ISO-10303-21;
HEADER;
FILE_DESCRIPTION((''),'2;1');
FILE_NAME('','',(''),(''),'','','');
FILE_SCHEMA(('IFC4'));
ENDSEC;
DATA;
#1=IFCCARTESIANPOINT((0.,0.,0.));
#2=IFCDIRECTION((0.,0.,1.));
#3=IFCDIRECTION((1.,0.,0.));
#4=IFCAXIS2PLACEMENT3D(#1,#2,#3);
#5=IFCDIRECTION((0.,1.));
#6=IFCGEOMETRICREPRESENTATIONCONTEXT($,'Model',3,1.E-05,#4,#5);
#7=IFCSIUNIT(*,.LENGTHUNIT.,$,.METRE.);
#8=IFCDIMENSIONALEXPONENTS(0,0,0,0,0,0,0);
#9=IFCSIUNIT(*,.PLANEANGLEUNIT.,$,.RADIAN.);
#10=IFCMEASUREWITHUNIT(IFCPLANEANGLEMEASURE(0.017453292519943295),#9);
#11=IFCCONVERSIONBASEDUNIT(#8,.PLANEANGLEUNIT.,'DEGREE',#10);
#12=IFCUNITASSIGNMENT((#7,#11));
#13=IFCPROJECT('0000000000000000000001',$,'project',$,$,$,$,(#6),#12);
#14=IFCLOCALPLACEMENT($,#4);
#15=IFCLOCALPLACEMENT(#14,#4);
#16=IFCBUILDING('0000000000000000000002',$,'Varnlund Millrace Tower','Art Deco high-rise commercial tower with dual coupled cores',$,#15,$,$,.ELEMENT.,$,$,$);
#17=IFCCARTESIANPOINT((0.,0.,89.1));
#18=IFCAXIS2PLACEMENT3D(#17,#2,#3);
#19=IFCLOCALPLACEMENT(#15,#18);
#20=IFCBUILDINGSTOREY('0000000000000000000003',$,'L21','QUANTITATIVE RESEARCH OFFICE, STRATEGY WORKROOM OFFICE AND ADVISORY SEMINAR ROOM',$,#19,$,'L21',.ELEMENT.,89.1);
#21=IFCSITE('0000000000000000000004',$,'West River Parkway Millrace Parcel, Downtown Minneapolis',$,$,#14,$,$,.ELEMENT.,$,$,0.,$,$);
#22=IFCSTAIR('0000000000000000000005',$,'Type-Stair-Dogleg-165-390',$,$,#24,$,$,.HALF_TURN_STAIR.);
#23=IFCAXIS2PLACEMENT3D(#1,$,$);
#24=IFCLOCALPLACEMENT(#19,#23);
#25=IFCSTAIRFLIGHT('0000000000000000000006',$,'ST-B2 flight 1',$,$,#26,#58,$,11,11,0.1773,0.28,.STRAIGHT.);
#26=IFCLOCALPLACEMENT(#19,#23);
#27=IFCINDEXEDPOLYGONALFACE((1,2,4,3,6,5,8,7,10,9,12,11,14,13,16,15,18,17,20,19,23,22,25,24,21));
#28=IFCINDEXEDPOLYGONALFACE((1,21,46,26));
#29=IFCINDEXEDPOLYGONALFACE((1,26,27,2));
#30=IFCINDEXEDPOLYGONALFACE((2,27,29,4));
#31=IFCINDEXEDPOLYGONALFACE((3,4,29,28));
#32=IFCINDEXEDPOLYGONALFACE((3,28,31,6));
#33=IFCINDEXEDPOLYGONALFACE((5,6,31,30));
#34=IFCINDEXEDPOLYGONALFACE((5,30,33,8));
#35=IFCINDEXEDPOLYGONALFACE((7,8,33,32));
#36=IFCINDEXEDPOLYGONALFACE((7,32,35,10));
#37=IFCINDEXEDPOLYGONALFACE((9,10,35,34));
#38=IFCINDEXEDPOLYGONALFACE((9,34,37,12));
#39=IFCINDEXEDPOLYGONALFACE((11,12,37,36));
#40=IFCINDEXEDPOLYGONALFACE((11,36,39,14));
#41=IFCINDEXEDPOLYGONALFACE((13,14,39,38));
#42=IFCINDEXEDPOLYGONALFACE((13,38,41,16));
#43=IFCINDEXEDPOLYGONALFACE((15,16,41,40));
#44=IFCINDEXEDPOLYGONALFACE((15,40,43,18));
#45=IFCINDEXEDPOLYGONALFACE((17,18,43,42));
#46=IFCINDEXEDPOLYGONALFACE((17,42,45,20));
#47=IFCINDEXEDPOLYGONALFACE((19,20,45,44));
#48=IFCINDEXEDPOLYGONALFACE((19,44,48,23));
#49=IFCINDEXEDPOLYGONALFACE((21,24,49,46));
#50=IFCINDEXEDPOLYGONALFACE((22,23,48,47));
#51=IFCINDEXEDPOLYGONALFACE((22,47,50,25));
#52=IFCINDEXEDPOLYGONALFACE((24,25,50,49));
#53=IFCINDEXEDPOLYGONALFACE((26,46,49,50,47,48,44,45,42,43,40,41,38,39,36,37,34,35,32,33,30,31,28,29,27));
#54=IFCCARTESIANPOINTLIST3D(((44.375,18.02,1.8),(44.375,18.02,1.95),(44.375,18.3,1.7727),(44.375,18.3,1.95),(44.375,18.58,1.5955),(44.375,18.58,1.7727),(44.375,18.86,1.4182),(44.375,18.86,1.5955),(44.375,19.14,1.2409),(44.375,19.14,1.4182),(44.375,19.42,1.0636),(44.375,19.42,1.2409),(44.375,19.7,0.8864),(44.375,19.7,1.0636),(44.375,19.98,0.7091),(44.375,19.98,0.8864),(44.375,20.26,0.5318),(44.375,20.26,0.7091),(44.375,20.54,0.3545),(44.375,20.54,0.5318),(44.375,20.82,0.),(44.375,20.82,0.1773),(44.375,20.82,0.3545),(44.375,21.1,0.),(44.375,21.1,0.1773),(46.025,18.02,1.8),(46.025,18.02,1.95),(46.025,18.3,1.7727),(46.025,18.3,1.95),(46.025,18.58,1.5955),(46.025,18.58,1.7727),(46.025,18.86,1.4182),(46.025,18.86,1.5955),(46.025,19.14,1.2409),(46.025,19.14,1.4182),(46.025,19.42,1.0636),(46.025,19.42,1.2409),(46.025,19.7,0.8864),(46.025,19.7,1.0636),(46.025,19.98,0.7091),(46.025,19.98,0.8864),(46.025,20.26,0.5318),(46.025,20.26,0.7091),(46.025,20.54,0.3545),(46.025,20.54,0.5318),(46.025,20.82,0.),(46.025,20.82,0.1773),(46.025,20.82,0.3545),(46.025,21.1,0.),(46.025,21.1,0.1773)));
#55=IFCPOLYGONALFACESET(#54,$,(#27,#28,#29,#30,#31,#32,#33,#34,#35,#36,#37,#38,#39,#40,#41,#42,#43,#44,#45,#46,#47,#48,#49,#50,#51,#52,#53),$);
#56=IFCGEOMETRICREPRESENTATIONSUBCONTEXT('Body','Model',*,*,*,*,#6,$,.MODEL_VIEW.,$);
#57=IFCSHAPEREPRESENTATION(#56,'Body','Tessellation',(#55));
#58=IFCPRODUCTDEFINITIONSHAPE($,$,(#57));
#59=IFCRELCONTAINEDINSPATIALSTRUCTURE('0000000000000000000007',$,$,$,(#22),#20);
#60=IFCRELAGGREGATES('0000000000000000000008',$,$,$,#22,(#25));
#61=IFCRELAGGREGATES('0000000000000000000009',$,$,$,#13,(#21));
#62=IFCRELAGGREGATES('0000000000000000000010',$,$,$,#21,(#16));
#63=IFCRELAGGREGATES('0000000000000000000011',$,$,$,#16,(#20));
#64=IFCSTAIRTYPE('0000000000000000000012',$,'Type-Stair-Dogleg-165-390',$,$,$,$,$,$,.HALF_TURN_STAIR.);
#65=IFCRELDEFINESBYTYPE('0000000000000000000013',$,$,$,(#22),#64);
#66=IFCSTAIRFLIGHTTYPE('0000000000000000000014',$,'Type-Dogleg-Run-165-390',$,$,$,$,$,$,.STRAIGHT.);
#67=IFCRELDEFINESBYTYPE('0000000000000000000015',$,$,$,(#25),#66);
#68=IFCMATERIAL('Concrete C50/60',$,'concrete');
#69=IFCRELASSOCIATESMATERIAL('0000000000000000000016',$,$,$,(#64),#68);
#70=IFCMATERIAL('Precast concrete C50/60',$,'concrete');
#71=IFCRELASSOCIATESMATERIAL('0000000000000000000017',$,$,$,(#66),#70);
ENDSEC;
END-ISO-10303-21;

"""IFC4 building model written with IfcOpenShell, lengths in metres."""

from ifc_helpers import new_model, entity, si_unit, converted_unit, direction, frame, origin_with_axes, place, context, subcontext, project, spatial, polyline, outline, extrude, material, type_object, element, aggregate, save


model = new_model("IFC4")

# Units and contexts
model_context = context("Model", 3, precision=1e-05, world=origin_with_axes(), true_north=direction((0.0, 1.0)))
body_context = subcontext(model_context, "Body", "Model", "MODEL_VIEW")
ifc_project = project(units=[si_unit("LENGTHUNIT", "METRE"), converted_unit("PLANEANGLEUNIT", "DEGREE", entity("IfcPlaneAngleMeasure", 0.017453292519943295), si_unit("PLANEANGLEUNIT", "RADIAN"), dimensions=[0, 0, 0, 0, 0, 0, 0])], contexts=[model_context])

# Site, building, storey
site_placement = place(None, origin_with_axes())
site = spatial("IfcSite", under=ifc_project, at=site_placement, Name="West River Parkway Millrace Parcel, Downtown Minneapolis", CompositionType="ELEMENT", RefElevation=0.0)
building_placement = place(site_placement, origin_with_axes())
building = spatial("IfcBuilding", under=site, at=building_placement, Name="Varnlund Millrace Tower", Description="Art Deco high-rise commercial tower with dual coupled cores", CompositionType="ELEMENT")
storey_placement = place(building_placement, frame((0.0, 0.0, 89.1), z_axis=(0.0, 0.0, 1.0), x_axis=(1.0, 0.0, 0.0)))
storey = spatial("IfcBuildingStorey", under=building, at=storey_placement, Name="L21", Description="QUANTITATIVE RESEARCH OFFICE, STRATEGY WORKROOM OFFICE AND ADVISORY SEMINAR ROOM", LongName="L21", CompositionType="ELEMENT", Elevation=89.1)

# Stair, stair flight
ifc_material_1 = material(Name="Concrete C50/60", Category="concrete")
stair_type = type_object("IfcStairType", Name="Type-Stair-Dogleg-165-390", PredefinedType="HALF_TURN_STAIR", material=ifc_material_1)
ifc_material_2 = material(Name="Precast concrete C50/60", Category="concrete")
stair_flight_type = type_object("IfcStairFlightType", Name="Type-Dogleg-Run-165-390", PredefinedType="STRAIGHT", material=ifc_material_2)
stair_1_placement = place(storey_placement, origin_with_axes())
stair_1 = element("IfcStair", 1, at=stair_1_placement, inside=storey, type_object=stair_type, Name="Type-Stair-Dogleg-165-390", PredefinedType="HALF_TURN_STAIR")
stair_flight_1_placement = place(storey_placement, frame((46.025, 21.1, 0.0), z_axis=(-1.0, 0.0, 0.0), x_axis=(0.0, -1.0, 0.0)))
stair_flight_1 = element("IfcStairFlight", 2, at=stair_flight_1_placement, type_object=stair_flight_type, Name="ST-B2 flight 1", NumberOfRisers=11, NumberOfTreads=11, PredefinedType="STRAIGHT", RiserHeight=0.1773, TreadLength=0.28, context=body_context, shape_type="SweptSolid", body=[
    extrude(outline(polyline([(0.0, 0.0), (0.0, 0.1773), (0.28, 0.1773), (0.28, 0.3545), (0.56, 0.3545), (0.56, 0.5318), (0.84, 0.5318), (0.84, 0.7091), (1.12, 0.7091), (1.12, 0.8864), (1.4, 0.8864), (1.4, 1.0636), (1.68, 1.0636), (1.68, 1.2409), (1.96, 1.2409), (1.96, 1.4182), (2.24, 1.4182), (2.24, 1.5955), (2.52, 1.5955), (2.52, 1.7727), (2.8, 1.7727), (2.8, 1.95), (3.08, 1.95), (3.08, 1.8), (0.28, 0.0), (0.0, 0.0)])), origin_with_axes(), (0.0, 0.0, 1.0), 1.65),
])
aggregate(stair_1, [stair_flight_1])

save(model, "model.ifc")
